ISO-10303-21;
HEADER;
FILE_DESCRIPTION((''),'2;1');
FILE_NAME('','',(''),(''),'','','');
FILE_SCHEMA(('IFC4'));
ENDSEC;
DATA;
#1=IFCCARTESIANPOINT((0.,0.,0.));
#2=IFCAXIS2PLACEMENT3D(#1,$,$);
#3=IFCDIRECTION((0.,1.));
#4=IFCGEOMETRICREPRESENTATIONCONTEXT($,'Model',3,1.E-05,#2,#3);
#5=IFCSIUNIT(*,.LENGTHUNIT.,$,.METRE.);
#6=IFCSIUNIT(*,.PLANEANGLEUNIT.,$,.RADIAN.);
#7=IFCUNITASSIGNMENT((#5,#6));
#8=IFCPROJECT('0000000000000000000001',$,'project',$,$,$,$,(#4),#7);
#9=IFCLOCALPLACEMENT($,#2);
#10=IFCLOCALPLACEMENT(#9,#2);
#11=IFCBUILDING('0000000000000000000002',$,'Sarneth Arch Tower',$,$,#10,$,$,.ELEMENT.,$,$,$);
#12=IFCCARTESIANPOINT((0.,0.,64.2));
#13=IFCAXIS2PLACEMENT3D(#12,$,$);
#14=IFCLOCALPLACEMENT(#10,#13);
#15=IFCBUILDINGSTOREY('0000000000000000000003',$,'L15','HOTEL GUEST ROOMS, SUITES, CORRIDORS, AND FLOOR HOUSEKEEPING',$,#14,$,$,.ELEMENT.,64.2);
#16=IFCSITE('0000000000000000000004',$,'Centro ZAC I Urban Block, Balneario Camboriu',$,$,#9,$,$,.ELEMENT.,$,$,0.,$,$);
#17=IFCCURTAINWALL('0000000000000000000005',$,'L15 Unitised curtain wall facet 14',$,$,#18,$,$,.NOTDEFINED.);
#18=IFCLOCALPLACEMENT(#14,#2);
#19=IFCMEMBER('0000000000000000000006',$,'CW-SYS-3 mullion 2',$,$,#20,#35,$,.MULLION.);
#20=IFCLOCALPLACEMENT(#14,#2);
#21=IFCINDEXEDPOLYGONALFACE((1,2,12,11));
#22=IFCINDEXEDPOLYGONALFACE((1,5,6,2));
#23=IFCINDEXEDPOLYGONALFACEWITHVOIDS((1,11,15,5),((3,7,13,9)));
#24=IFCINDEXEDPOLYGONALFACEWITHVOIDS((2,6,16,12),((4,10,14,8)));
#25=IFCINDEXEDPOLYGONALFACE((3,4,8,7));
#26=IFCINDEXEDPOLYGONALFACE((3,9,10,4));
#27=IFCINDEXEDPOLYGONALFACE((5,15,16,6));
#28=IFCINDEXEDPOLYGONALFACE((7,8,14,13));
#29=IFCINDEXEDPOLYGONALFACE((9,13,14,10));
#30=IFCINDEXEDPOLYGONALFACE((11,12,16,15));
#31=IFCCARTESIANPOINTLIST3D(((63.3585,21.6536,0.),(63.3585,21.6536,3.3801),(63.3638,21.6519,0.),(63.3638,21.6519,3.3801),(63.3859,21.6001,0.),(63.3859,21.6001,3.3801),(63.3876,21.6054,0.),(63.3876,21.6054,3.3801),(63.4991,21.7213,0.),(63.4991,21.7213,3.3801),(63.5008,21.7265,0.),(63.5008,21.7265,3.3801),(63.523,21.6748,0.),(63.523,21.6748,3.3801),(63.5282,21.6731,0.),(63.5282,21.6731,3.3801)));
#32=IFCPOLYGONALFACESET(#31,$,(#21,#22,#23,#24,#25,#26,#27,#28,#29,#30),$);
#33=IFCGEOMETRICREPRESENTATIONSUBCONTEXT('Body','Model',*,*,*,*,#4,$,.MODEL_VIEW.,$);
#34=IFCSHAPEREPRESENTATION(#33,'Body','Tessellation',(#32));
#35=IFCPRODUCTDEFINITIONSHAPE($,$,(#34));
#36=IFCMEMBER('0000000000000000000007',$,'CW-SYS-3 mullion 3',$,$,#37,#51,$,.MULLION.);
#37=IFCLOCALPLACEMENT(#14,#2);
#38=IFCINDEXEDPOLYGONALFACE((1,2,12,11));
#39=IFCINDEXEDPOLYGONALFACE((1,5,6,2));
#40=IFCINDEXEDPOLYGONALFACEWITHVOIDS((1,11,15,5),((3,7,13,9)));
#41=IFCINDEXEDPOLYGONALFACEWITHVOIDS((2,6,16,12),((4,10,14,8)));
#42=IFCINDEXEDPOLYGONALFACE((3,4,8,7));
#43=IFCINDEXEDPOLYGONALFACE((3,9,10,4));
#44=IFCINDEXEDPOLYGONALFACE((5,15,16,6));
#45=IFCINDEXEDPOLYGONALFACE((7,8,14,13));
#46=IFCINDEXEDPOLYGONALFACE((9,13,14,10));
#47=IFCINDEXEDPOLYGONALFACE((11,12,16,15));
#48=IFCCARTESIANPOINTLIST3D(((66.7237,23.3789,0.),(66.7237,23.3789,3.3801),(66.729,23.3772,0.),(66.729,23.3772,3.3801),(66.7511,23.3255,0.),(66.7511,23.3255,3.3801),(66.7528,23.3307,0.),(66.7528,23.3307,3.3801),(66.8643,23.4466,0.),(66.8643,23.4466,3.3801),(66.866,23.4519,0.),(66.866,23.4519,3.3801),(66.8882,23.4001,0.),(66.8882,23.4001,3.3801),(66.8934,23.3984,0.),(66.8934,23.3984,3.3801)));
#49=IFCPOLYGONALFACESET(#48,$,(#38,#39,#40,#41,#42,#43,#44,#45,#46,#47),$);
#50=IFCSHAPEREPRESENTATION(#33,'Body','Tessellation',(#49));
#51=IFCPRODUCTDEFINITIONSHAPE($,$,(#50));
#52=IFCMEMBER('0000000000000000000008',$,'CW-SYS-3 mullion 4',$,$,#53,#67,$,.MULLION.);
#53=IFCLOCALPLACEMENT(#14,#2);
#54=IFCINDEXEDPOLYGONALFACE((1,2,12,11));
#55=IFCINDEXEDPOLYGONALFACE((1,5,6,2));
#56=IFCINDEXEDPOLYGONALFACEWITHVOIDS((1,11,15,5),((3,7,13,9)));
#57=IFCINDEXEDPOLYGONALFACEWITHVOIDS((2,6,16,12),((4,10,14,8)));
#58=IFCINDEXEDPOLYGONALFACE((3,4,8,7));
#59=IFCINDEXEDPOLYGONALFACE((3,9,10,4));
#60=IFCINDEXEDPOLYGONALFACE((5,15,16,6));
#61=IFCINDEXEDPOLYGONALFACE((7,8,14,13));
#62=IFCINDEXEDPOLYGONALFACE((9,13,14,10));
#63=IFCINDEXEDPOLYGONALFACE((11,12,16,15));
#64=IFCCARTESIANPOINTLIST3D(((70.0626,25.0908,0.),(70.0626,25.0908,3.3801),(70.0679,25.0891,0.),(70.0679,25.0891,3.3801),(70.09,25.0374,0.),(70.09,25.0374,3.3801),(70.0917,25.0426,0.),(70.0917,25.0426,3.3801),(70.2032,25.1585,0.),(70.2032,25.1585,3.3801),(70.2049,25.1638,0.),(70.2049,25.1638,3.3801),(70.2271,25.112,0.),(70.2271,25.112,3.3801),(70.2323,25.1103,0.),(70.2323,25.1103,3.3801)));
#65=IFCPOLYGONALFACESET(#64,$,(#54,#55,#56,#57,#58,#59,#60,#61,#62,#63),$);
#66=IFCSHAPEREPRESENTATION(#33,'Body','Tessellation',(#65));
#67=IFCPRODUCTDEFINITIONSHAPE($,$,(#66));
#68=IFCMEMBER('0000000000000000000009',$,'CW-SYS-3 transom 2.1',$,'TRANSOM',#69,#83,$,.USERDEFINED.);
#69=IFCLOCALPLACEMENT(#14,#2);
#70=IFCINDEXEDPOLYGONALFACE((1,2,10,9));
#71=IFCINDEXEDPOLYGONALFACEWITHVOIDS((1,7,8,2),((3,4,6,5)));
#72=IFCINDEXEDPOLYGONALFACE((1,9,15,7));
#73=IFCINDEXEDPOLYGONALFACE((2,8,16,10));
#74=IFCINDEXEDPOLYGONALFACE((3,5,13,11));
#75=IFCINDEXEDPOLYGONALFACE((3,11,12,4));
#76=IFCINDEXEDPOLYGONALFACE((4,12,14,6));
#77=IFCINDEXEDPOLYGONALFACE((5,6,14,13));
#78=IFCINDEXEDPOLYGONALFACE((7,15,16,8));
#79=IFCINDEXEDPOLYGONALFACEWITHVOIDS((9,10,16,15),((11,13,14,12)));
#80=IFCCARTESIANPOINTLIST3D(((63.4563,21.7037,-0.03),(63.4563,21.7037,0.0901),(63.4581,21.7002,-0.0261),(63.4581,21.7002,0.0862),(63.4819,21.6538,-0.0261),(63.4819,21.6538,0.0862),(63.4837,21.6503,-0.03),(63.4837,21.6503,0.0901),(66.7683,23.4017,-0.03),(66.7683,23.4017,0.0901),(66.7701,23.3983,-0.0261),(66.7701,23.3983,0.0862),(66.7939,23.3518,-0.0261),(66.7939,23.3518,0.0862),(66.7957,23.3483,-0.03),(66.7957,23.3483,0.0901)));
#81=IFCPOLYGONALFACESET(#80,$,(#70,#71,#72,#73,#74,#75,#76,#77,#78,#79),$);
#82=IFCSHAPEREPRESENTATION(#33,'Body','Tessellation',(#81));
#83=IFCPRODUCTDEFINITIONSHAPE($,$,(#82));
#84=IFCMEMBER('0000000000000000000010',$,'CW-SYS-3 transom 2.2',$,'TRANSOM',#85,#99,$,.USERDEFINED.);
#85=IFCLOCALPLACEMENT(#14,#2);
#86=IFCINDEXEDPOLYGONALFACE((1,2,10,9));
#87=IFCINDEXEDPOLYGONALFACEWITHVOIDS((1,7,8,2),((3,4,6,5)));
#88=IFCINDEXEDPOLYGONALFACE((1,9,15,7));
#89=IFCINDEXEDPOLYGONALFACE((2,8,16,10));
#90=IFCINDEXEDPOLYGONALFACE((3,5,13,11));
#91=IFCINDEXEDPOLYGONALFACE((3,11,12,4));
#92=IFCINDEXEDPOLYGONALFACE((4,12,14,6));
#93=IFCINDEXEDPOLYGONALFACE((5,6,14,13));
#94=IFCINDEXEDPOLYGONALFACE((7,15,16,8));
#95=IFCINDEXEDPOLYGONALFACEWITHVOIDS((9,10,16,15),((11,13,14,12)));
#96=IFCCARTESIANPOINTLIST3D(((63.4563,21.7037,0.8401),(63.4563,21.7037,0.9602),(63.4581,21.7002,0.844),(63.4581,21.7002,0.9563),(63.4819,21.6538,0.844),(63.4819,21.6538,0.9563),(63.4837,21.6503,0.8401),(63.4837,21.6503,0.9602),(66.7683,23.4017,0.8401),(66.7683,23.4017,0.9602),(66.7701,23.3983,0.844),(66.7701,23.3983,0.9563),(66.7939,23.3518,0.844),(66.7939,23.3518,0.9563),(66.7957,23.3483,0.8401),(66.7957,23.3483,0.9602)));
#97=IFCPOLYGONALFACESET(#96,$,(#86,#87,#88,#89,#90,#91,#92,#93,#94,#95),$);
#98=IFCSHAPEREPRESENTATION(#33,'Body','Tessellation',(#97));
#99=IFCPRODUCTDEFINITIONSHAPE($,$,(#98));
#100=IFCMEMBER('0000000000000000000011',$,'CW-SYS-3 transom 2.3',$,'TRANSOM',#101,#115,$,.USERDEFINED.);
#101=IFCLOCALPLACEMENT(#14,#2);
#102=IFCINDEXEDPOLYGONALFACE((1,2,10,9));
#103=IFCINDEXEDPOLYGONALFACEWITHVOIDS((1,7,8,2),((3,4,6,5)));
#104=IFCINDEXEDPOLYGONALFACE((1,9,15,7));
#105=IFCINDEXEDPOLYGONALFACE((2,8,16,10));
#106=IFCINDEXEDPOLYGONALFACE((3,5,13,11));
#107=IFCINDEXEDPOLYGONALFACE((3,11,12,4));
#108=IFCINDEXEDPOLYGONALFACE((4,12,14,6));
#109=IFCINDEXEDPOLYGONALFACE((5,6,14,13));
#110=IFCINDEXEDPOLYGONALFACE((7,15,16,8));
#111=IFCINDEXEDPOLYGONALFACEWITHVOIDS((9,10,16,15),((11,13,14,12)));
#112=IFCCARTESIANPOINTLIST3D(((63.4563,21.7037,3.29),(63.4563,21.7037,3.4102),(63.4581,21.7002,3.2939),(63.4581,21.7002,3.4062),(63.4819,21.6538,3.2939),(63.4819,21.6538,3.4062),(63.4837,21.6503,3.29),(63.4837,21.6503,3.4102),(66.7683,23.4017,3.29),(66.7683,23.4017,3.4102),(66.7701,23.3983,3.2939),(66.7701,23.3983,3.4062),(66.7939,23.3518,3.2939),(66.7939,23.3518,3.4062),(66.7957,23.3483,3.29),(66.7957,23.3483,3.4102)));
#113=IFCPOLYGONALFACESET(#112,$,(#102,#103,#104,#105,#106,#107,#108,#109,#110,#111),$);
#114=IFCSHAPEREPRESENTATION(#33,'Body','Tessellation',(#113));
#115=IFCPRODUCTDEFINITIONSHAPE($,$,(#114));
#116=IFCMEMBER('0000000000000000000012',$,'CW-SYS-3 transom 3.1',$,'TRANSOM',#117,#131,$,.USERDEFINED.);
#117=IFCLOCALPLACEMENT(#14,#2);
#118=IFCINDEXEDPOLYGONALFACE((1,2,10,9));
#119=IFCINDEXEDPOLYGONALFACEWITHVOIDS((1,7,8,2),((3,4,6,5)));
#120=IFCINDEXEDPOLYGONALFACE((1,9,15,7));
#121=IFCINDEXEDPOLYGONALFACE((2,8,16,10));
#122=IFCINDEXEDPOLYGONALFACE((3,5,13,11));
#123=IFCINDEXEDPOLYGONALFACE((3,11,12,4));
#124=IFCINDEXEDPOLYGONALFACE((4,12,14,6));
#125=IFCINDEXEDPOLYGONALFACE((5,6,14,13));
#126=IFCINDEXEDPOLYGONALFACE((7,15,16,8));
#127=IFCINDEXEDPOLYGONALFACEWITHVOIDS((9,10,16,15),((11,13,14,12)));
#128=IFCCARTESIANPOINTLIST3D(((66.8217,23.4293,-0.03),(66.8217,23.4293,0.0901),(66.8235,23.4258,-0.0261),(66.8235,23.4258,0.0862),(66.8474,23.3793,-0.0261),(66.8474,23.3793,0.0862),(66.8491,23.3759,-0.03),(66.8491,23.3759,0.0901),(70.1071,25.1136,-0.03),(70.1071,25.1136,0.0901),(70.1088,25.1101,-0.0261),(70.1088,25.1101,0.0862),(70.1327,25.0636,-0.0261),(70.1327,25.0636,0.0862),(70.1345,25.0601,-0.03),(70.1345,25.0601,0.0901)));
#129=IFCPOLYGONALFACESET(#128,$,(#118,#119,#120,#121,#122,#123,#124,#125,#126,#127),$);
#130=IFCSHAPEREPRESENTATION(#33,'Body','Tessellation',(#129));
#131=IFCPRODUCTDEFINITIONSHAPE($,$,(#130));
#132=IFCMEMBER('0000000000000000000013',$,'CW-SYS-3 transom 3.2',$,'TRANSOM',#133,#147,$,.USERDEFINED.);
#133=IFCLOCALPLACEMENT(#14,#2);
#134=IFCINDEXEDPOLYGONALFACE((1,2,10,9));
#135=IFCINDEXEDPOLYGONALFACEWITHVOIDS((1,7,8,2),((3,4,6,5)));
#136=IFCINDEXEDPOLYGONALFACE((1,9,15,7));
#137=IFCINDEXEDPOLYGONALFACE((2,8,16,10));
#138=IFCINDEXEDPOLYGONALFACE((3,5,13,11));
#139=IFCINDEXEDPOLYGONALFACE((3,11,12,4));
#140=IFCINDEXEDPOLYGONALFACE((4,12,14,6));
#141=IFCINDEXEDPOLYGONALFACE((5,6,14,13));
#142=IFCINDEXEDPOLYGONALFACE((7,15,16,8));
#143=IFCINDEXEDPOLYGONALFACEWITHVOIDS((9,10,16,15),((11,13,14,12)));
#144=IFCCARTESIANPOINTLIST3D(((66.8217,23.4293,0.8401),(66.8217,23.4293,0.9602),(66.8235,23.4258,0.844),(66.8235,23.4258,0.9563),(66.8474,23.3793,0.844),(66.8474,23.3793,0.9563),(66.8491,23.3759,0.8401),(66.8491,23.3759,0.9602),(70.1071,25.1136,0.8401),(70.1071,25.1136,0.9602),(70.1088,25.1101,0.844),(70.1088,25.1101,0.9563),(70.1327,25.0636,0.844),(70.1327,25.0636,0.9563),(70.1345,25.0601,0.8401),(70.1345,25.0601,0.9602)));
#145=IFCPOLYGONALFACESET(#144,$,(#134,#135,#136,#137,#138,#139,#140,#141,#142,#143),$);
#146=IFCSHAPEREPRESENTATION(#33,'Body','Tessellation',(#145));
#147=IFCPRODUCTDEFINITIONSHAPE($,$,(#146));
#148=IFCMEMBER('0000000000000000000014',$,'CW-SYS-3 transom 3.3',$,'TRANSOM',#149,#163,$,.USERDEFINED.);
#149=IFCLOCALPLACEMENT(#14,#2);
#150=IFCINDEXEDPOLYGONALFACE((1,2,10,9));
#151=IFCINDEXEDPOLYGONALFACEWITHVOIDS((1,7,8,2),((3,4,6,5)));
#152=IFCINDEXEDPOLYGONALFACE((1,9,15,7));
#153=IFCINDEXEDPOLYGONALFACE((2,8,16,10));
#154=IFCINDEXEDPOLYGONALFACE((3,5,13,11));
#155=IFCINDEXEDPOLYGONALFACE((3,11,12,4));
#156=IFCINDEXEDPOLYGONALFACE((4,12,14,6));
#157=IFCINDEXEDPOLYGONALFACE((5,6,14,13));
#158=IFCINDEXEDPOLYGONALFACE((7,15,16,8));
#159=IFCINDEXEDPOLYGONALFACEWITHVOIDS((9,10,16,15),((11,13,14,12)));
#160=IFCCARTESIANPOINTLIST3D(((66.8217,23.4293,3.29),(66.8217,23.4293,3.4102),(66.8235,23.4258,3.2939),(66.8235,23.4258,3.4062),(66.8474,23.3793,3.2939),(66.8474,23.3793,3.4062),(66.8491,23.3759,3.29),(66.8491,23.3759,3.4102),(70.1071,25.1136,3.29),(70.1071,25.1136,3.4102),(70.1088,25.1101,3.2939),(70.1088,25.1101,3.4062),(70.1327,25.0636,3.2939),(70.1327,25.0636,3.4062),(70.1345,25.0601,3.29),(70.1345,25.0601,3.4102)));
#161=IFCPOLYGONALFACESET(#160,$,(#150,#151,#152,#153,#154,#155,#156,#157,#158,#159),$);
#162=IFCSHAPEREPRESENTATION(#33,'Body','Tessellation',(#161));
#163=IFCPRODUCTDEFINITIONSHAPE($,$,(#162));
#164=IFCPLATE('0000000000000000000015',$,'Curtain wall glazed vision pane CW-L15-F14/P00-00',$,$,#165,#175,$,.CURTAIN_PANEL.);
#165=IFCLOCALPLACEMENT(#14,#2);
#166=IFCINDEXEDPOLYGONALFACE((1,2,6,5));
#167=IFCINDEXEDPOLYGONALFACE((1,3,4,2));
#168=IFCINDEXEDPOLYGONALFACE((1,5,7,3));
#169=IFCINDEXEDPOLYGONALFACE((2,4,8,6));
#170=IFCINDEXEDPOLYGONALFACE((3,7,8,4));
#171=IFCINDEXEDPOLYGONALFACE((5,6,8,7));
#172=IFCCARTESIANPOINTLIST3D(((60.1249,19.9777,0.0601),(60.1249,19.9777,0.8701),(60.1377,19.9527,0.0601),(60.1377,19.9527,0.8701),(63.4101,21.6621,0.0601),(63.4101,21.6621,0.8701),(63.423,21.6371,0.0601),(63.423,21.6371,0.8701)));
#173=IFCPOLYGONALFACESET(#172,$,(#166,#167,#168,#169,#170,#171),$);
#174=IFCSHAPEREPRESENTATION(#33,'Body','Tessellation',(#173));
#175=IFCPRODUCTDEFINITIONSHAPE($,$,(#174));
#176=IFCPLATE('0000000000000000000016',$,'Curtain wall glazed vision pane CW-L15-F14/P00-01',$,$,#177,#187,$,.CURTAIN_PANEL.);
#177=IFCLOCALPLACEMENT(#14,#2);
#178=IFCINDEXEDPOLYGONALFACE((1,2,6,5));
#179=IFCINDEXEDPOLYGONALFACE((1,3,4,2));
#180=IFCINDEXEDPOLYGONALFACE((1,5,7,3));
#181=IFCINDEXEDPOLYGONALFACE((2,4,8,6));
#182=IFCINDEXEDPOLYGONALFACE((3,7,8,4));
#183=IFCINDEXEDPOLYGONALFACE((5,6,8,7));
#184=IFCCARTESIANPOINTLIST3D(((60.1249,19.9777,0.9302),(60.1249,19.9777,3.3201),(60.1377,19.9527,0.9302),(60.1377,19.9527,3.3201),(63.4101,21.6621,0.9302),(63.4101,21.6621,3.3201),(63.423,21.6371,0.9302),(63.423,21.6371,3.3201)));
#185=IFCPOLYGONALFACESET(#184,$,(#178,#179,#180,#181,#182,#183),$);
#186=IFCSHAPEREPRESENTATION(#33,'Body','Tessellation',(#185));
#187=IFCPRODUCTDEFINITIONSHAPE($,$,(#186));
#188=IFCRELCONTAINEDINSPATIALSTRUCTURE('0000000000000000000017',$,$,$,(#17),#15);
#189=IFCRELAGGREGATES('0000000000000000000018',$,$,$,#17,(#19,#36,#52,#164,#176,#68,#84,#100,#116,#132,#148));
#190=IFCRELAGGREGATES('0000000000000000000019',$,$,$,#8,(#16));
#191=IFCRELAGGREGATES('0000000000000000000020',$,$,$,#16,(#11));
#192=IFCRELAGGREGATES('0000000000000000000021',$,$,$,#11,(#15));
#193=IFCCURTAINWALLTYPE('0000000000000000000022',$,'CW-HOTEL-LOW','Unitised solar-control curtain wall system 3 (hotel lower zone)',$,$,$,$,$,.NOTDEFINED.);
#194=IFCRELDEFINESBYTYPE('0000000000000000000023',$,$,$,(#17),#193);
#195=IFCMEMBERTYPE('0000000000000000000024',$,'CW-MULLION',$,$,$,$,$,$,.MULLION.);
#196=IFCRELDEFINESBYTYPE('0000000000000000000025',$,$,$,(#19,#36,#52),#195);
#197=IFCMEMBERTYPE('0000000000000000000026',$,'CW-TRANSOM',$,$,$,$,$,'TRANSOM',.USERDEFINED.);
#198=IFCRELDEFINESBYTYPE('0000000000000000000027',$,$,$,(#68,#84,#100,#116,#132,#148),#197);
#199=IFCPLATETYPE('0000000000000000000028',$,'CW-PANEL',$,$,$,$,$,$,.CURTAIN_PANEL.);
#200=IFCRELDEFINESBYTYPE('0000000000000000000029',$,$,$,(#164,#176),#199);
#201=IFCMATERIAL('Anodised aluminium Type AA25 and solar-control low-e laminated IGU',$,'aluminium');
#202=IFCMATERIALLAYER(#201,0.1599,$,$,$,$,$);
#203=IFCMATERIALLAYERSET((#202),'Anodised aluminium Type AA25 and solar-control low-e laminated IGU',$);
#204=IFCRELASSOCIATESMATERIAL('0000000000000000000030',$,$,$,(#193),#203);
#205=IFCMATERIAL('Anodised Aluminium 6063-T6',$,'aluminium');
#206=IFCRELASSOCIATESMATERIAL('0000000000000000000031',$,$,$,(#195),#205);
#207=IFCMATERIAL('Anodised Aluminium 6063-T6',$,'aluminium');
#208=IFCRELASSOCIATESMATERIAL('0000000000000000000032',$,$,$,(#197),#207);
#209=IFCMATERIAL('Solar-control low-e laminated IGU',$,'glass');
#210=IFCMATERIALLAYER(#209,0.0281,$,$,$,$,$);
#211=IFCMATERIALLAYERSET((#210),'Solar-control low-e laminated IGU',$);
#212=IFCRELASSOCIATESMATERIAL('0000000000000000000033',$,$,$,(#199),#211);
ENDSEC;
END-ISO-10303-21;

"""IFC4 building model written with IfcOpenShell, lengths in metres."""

from ifc_helpers import new_model, si_unit, direction, frame, origin, origin_2d, place, context, subcontext, project, spatial, rectangle, hollow_rectangle, extrude, material, layer, layer_set, material_profile, profile_set, type_object, element, aggregate, save


model = new_model("IFC4")

# Units and contexts
model_context = context("Model", 3, precision=1e-05, world=origin(), true_north=direction((0.0, 1.0)))
body_context = subcontext(model_context, "Body", "Model", "MODEL_VIEW")
ifc_project = project(units=[si_unit("LENGTHUNIT", "METRE"), si_unit("PLANEANGLEUNIT", "RADIAN")], contexts=[model_context])

# Site, building, storey
site_placement = place(None, origin())
site = spatial("IfcSite", under=ifc_project, at=site_placement, Name="Centro ZAC I Urban Block, Balneario Camboriu", CompositionType="ELEMENT", RefElevation=0.0)
building_placement = place(site_placement, origin())
building = spatial("IfcBuilding", under=site, at=building_placement, Name="Sarneth Arch Tower", CompositionType="ELEMENT")
storey_placement = place(building_placement, frame((0.0, 0.0, 64.2)))
storey = spatial("IfcBuildingStorey", under=building, at=storey_placement, Name="L15", Description="HOTEL GUEST ROOMS, SUITES, CORRIDORS, AND FLOOR HOUSEKEEPING", CompositionType="ELEMENT", Elevation=64.2)

# Curtain wall, members, plates
ifc_material_1 = material(Name="Anodised aluminium Type AA25 and solar-control low-e laminated IGU", Category="aluminium")
ifc_layer_1 = layer(ifc_material_1, 0.1599)
ifc_layer_set_1 = layer_set([ifc_layer_1], Name="Anodised aluminium Type AA25 and solar-control low-e laminated IGU")
curtain_wall_type = type_object("IfcCurtainWallType", Name="CW-HOTEL-LOW", Description="Unitised solar-control curtain wall system 3 (hotel lower zone)", PredefinedType="NOTDEFINED", material=ifc_layer_set_1)
curtain_wall_placement = place(storey_placement, origin())
curtain_wall = element("IfcCurtainWall", 1, at=curtain_wall_placement, inside=storey, type_object=curtain_wall_type, Name="L15 Unitised curtain wall facet 14", PredefinedType="NOTDEFINED")
ifc_material_2 = material(Name="Anodised Aluminium 6063-T6", Category="aluminium")
ifc_material_profile_1 = material_profile(ifc_material_2, hollow_rectangle(XDim=0.0601, YDim=0.1599, WallThickness=0.0039, at=origin_2d()), Name="AL-MULL-160x60x4")
ifc_profile_set_1 = profile_set([ifc_material_profile_1], Name="Anodised Aluminium 6063-T6")
member_type_1 = type_object("IfcMemberType", Name="CW-MULLION", PredefinedType="MULLION", material=ifc_profile_set_1)
member_1_placement = place(storey_placement, frame((63.4434, 21.6633, 0.0), z_axis=(0.0, 0.0, 1.0), x_axis=(-0.456245, 0.889854, 0.0)))
member_1 = element("IfcMember", 2, at=member_1_placement, type_object=member_type_1, Name="CW-SYS-3 mullion 2", PredefinedType="MULLION", context=body_context, shape_type="SweptSolid", body=[
    extrude(hollow_rectangle(XDim=0.0601, YDim=0.1599, WallThickness=0.0039, at=origin_2d()), origin(), (0.0, 0.0, 1.0), 3.3801),
])
member_2_placement = place(storey_placement, frame((66.8086, 23.3887, 0.0), z_axis=(0.0, 0.0, 1.0), x_axis=(-0.456245, 0.889854, 0.0)))
member_2 = element("IfcMember", 3, at=member_2_placement, type_object=member_type_1, Name="CW-SYS-3 mullion 3", PredefinedType="MULLION", context=body_context, shape_type="SweptSolid", body=[
    extrude(hollow_rectangle(XDim=0.0601, YDim=0.1599, WallThickness=0.0039, at=origin_2d()), origin(), (0.0, 0.0, 1.0), 3.3801),
])
member_3_placement = place(storey_placement, frame((70.1475, 25.1006, 0.0), z_axis=(0.0, 0.0, 1.0), x_axis=(-0.456245, 0.889854, 0.0)))
member_3 = element("IfcMember", 4, at=member_3_placement, type_object=member_type_1, Name="CW-SYS-3 mullion 4", PredefinedType="MULLION", context=body_context, shape_type="SweptSolid", body=[
    extrude(hollow_rectangle(XDim=0.0601, YDim=0.1599, WallThickness=0.0039, at=origin_2d()), origin(), (0.0, 0.0, 1.0), 3.3801),
])
ifc_material_3 = material(Name="Anodised Aluminium 6063-T6", Category="aluminium")
ifc_material_profile_2 = material_profile(ifc_material_3, hollow_rectangle(XDim=0.0601, YDim=0.1201, WallThickness=0.0039, at=origin_2d()), Name="AL-TRAN-120x60x4")
ifc_profile_set_2 = profile_set([ifc_material_profile_2], Name="Anodised Aluminium 6063-T6")
member_type_2 = type_object("IfcMemberType", Name="CW-TRANSOM", ElementType="TRANSOM", PredefinedType="USERDEFINED", material=ifc_profile_set_2)
member_4_placement = place(storey_placement, frame((63.47, 21.677, 0.03), z_axis=(0.889869, 0.456217, 0.0), x_axis=(-0.456217, 0.889869, 0.0)))
member_4 = element("IfcMember", 5, at=member_4_placement, type_object=member_type_2, Name="CW-SYS-3 transom 2.1", ObjectType="TRANSOM", PredefinedType="USERDEFINED", context=body_context, shape_type="SweptSolid", body=[
    extrude(hollow_rectangle(XDim=0.0601, YDim=0.1201, WallThickness=0.0039, at=origin_2d()), origin(), (0.0, 0.0, 1.0), 3.7219),
])
member_5_placement = place(storey_placement, frame((63.47, 21.677, 0.9001), z_axis=(0.889869, 0.456217, 0.0), x_axis=(-0.456217, 0.889869, 0.0)))
member_5 = element("IfcMember", 6, at=member_5_placement, type_object=member_type_2, Name="CW-SYS-3 transom 2.2", ObjectType="TRANSOM", PredefinedType="USERDEFINED", context=body_context, shape_type="SweptSolid", body=[
    extrude(hollow_rectangle(XDim=0.0601, YDim=0.1201, WallThickness=0.0039, at=origin_2d()), origin(), (0.0, 0.0, 1.0), 3.7219),
])
member_6_placement = place(storey_placement, frame((63.47, 21.677, 3.3501), z_axis=(0.889869, 0.456217, 0.0), x_axis=(-0.456217, 0.889869, 0.0)))
member_6 = element("IfcMember", 7, at=member_6_placement, type_object=member_type_2, Name="CW-SYS-3 transom 2.3", ObjectType="TRANSOM", PredefinedType="USERDEFINED", context=body_context, shape_type="SweptSolid", body=[
    extrude(hollow_rectangle(XDim=0.0601, YDim=0.1201, WallThickness=0.0039, at=origin_2d()), origin(), (0.0, 0.0, 1.0), 3.7219),
])
member_7_placement = place(storey_placement, frame((66.8354, 23.4026, 0.03), z_axis=(0.889872, 0.456211, 0.0), x_axis=(-0.456211, 0.889872, 0.0)))
member_7 = element("IfcMember", 8, at=member_7_placement, type_object=member_type_2, Name="CW-SYS-3 transom 3.1", ObjectType="TRANSOM", PredefinedType="USERDEFINED", context=body_context, shape_type="SweptSolid", body=[
    extrude(hollow_rectangle(XDim=0.0601, YDim=0.1201, WallThickness=0.0039, at=origin_2d()), origin(), (0.0, 0.0, 1.0), 3.6919),
])
member_8_placement = place(storey_placement, frame((66.8354, 23.4026, 0.9001), z_axis=(0.889872, 0.456211, 0.0), x_axis=(-0.456211, 0.889872, 0.0)))
member_8 = element("IfcMember", 9, at=member_8_placement, type_object=member_type_2, Name="CW-SYS-3 transom 3.2", ObjectType="TRANSOM", PredefinedType="USERDEFINED", context=body_context, shape_type="SweptSolid", body=[
    extrude(hollow_rectangle(XDim=0.0601, YDim=0.1201, WallThickness=0.0039, at=origin_2d()), origin(), (0.0, 0.0, 1.0), 3.6919),
])
member_9_placement = place(storey_placement, frame((66.8354, 23.4026, 3.3501), z_axis=(0.889872, 0.456211, 0.0), x_axis=(-0.456211, 0.889872, 0.0)))
member_9 = element("IfcMember", 10, at=member_9_placement, type_object=member_type_2, Name="CW-SYS-3 transom 3.3", ObjectType="TRANSOM", PredefinedType="USERDEFINED", context=body_context, shape_type="SweptSolid", body=[
    extrude(hollow_rectangle(XDim=0.0601, YDim=0.1201, WallThickness=0.0039, at=origin_2d()), origin(), (0.0, 0.0, 1.0), 3.6919),
])
ifc_material_4 = material(Name="Solar-control low-e laminated IGU", Category="glass")
ifc_layer_2 = layer(ifc_material_4, 0.0281)
ifc_layer_set_2 = layer_set([ifc_layer_2], Name="Solar-control low-e laminated IGU")
plate_type_1 = type_object("IfcPlateType", Name="CW-PANEL", PredefinedType="CURTAIN_PANEL", material=ifc_layer_set_2)
plate_1_placement = place(storey_placement, frame((61.7739, 20.8074, 0.0601), z_axis=(0.0, 0.0, 1.0), x_axis=(0.889854, 0.456245, 0.0)))
plate_1 = element("IfcPlate", 11, at=plate_1_placement, type_object=plate_type_1, Name="Curtain wall glazed vision pane CW-L15-F14/P00-00", PredefinedType="CURTAIN_PANEL", context=body_context, shape_type="SweptSolid", body=[
    extrude(rectangle(XDim=3.6919, YDim=0.0281, at=origin_2d()), origin(), (0.0, 0.0, 1.0), 0.8101),
])
plate_2_placement = place(storey_placement, frame((61.7739, 20.8074, 0.9302), z_axis=(0.0, 0.0, 1.0), x_axis=(0.889854, 0.456245, 0.0)))
plate_2 = element("IfcPlate", 12, at=plate_2_placement, type_object=plate_type_1, Name="Curtain wall glazed vision pane CW-L15-F14/P00-01", PredefinedType="CURTAIN_PANEL", context=body_context, shape_type="SweptSolid", body=[
    extrude(rectangle(XDim=3.6919, YDim=0.0281, at=origin_2d()), origin(), (0.0, 0.0, 1.0), 2.3899),
])
aggregate(curtain_wall, [member_1, member_2, member_3, plate_1, plate_2, member_4, member_5, member_6, member_7, member_8, member_9])

save(model, "model.ifc")
